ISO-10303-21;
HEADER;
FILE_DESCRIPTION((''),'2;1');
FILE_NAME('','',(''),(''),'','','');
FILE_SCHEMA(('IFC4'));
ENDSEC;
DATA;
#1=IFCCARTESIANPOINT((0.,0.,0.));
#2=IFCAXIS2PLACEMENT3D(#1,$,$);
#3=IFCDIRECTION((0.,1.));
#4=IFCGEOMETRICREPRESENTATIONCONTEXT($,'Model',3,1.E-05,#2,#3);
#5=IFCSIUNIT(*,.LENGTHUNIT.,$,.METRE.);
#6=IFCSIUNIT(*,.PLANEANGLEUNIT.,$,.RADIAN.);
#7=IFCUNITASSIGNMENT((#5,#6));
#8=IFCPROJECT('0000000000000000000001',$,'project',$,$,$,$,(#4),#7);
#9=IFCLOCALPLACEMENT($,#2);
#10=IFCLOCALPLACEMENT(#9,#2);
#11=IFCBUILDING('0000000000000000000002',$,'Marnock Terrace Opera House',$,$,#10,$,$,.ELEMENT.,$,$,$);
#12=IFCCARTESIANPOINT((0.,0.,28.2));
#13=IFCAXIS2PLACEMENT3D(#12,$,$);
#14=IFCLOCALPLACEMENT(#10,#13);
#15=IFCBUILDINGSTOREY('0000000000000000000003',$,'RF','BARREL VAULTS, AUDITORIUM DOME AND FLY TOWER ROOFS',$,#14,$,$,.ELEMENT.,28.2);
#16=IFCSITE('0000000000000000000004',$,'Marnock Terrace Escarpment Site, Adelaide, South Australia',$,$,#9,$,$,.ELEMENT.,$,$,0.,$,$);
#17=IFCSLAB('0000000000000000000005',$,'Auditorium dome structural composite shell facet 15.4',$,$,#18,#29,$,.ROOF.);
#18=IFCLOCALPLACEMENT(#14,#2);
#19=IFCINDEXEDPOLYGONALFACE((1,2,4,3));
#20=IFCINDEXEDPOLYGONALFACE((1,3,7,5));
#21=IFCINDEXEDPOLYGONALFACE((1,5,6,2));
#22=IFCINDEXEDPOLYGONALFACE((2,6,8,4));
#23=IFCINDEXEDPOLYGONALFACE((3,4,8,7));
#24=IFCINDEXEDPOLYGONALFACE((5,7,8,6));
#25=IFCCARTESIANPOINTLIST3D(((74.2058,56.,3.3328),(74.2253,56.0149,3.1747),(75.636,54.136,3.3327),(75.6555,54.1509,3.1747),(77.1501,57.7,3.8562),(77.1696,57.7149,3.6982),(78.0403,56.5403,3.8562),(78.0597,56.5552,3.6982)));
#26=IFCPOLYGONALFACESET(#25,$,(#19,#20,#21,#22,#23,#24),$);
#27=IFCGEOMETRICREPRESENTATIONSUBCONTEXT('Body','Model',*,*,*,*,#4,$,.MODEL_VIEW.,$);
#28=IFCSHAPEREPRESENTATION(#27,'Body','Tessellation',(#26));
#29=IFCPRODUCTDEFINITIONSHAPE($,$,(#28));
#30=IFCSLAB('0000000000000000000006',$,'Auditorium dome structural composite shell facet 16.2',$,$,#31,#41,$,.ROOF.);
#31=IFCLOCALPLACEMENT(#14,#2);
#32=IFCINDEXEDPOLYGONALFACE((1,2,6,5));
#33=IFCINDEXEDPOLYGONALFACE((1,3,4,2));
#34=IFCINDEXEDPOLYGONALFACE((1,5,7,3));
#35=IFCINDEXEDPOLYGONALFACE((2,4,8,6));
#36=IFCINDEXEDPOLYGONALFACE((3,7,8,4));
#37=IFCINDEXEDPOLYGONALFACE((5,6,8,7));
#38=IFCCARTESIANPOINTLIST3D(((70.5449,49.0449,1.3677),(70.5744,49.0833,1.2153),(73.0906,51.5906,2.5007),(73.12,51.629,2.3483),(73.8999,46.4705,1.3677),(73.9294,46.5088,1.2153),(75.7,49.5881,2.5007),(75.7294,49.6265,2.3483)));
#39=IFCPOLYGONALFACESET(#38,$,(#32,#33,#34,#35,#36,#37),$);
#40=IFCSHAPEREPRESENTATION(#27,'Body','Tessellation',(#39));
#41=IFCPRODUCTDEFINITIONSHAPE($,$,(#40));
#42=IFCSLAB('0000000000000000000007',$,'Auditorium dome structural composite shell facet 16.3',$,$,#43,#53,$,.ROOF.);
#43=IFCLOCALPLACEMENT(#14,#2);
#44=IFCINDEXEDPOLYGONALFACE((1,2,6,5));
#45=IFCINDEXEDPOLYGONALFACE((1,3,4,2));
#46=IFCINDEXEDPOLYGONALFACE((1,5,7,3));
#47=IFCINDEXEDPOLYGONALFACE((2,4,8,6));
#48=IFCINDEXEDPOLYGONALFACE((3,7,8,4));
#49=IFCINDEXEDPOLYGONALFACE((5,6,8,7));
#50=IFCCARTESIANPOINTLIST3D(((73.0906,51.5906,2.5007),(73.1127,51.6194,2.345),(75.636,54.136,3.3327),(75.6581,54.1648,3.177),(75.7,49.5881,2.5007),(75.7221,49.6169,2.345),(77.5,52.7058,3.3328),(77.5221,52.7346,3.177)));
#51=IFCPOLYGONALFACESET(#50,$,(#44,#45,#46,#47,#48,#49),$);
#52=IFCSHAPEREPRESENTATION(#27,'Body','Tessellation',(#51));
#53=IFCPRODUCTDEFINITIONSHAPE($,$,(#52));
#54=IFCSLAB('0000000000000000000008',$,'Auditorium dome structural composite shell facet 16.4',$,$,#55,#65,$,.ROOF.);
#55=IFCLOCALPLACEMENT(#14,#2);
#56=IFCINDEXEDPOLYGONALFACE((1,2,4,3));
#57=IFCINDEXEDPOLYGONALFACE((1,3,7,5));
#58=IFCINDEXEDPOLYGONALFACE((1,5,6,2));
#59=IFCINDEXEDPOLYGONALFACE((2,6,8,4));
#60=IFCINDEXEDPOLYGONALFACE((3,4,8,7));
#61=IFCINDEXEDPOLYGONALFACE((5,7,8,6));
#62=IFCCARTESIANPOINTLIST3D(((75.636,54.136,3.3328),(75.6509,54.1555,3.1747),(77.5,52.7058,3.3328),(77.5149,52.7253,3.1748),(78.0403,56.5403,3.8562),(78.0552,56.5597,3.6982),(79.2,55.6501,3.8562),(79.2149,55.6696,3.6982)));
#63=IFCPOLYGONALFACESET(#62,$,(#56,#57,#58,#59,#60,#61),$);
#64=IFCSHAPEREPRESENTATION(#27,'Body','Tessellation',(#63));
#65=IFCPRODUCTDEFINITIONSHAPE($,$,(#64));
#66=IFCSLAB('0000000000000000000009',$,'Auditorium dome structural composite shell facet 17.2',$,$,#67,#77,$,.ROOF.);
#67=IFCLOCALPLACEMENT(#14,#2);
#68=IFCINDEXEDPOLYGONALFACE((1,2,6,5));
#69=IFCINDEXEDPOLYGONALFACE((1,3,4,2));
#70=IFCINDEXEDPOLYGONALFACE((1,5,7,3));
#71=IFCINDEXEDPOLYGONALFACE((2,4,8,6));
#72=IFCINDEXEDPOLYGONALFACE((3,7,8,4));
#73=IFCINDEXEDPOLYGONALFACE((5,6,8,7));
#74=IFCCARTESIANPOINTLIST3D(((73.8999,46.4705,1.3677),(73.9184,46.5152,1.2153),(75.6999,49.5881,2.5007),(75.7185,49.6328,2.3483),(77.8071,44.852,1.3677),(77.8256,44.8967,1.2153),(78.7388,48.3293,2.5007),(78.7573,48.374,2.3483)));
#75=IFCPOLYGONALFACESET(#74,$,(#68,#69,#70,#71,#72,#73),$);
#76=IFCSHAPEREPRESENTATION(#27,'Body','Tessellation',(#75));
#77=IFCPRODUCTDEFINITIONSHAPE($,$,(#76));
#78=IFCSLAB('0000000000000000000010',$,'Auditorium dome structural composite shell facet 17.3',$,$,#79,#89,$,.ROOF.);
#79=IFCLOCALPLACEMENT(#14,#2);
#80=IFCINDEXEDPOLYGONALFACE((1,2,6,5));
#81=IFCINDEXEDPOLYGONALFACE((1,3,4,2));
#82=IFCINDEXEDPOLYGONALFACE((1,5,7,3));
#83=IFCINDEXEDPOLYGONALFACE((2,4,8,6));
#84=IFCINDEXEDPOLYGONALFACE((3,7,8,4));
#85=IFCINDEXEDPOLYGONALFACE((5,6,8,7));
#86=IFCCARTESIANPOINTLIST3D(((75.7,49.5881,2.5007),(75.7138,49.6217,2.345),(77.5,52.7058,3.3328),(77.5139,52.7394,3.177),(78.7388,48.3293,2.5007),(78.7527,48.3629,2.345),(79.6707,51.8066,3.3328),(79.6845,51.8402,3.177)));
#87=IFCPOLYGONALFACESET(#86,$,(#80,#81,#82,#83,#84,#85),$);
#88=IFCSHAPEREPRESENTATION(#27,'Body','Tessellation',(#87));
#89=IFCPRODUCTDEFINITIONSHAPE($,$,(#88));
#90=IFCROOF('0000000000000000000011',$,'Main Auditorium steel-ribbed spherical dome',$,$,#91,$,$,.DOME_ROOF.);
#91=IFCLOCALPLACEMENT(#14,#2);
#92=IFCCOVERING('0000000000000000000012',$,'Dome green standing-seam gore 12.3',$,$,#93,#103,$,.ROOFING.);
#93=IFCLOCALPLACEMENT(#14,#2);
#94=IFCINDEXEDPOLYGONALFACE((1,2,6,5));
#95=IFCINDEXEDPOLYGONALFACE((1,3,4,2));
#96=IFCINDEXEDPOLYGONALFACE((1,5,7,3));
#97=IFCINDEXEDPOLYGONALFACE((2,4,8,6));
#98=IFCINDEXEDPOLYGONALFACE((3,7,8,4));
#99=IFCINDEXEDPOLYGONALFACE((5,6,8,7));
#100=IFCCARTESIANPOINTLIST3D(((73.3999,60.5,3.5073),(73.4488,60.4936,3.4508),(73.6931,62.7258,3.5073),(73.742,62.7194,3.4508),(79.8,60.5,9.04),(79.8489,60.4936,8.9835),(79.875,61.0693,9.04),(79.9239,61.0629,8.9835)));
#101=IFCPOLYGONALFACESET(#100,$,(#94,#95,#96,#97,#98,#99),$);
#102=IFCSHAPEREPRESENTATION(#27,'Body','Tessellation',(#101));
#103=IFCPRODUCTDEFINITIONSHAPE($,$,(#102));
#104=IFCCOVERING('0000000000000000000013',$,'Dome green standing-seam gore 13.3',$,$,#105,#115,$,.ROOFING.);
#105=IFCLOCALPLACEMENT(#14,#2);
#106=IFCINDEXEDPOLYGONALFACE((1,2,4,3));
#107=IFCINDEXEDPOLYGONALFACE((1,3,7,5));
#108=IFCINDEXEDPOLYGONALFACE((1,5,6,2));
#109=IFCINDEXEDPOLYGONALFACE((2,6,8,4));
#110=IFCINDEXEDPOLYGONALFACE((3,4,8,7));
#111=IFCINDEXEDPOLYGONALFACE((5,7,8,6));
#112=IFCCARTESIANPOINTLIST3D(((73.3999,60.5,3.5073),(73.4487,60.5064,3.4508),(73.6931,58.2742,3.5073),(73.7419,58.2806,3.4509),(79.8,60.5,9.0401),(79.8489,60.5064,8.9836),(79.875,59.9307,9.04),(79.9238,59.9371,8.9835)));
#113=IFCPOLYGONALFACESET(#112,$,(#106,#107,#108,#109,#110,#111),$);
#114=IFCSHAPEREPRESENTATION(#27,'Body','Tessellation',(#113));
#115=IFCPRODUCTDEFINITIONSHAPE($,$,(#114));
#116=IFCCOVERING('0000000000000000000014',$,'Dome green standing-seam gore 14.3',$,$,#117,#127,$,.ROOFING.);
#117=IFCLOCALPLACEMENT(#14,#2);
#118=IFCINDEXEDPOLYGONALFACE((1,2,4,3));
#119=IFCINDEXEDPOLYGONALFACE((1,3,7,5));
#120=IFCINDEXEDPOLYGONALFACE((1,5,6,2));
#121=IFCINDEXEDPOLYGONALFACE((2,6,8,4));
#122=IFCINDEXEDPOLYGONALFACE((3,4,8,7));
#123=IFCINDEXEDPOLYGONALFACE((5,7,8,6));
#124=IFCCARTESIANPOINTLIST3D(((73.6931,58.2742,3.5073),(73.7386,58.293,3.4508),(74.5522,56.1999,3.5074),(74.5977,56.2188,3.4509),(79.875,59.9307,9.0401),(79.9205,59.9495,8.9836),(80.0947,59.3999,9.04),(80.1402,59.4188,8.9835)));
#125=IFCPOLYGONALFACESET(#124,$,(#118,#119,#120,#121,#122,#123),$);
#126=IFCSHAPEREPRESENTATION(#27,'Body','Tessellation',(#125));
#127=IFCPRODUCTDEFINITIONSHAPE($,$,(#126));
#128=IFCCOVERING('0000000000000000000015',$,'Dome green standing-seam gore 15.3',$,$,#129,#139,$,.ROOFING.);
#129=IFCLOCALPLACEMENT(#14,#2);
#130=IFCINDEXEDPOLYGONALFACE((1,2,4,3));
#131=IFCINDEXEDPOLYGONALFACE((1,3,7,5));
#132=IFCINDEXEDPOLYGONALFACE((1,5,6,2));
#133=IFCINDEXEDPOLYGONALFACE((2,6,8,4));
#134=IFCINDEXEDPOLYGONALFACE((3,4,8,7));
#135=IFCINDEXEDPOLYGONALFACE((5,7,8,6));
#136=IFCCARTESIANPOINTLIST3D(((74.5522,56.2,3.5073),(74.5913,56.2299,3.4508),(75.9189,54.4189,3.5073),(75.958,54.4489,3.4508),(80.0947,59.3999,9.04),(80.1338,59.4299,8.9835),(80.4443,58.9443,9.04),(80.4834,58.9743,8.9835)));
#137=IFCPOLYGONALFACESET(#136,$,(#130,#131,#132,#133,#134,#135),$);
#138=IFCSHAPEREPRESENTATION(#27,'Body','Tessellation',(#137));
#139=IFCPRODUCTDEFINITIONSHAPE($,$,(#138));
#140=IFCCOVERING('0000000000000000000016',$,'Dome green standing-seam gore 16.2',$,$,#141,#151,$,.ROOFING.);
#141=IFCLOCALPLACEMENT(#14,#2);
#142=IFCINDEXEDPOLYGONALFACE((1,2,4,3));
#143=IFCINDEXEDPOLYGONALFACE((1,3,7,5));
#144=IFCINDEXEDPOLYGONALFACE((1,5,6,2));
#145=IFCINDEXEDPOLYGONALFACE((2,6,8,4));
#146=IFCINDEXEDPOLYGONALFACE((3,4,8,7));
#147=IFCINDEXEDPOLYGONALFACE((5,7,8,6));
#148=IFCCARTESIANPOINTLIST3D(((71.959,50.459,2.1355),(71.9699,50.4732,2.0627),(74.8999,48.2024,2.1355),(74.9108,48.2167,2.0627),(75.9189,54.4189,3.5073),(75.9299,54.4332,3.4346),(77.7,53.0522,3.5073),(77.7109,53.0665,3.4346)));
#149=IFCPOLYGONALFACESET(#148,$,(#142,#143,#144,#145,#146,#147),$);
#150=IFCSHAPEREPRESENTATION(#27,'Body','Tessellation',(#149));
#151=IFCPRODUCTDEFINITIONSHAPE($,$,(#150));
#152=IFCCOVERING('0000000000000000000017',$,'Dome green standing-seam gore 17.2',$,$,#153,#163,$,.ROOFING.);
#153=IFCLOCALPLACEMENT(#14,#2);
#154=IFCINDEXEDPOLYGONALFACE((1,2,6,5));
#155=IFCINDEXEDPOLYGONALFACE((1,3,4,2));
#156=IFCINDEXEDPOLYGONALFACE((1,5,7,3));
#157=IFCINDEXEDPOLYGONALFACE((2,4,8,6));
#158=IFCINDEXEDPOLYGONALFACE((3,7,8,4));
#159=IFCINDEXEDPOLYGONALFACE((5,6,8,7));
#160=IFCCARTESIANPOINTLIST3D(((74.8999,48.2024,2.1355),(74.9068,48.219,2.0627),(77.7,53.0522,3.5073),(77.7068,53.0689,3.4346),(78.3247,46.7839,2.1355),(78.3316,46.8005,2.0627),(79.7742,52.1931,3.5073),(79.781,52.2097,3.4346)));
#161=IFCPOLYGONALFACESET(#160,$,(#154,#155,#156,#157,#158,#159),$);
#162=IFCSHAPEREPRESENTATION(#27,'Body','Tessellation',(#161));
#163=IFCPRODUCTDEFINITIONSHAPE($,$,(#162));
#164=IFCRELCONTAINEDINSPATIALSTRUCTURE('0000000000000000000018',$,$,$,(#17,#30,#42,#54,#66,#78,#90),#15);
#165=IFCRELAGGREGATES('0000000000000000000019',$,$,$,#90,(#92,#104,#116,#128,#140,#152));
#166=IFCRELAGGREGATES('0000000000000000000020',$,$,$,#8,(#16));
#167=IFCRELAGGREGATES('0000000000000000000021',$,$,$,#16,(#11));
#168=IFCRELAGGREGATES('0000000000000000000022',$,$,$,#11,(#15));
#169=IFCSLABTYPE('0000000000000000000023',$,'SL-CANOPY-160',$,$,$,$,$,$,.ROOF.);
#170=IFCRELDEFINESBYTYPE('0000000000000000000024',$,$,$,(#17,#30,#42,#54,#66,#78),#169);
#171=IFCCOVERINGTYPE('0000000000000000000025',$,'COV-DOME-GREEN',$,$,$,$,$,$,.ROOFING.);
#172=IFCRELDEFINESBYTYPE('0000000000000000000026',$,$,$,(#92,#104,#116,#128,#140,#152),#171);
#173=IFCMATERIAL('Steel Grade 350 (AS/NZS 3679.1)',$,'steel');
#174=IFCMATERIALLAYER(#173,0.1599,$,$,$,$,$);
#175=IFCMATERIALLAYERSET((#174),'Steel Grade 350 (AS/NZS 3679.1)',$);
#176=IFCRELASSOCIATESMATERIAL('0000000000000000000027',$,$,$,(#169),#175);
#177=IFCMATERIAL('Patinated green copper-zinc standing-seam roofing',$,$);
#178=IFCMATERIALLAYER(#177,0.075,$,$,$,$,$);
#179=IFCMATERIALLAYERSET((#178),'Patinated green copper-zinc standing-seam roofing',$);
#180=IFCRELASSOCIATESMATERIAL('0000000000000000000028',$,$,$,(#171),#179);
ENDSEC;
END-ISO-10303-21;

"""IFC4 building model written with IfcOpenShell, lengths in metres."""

from ifc_helpers import new_model, si_unit, direction, frame, origin, place, context, subcontext, project, spatial, polyline, outline, extrude, material, layer, layer_set, type_object, element, aggregate, save


model = new_model("IFC4")

# Units and contexts
model_context = context("Model", 3, precision=1e-05, world=origin(), true_north=direction((0.0, 1.0)))
body_context = subcontext(model_context, "Body", "Model", "MODEL_VIEW")
ifc_project = project(units=[si_unit("LENGTHUNIT", "METRE"), si_unit("PLANEANGLEUNIT", "RADIAN")], contexts=[model_context])

# Site, building, storey
site_placement = place(None, origin())
site = spatial("IfcSite", under=ifc_project, at=site_placement, Name="Marnock Terrace Escarpment Site, Adelaide, South Australia", CompositionType="ELEMENT", RefElevation=0.0)
building_placement = place(site_placement, origin())
building = spatial("IfcBuilding", under=site, at=building_placement, Name="Marnock Terrace Opera House", CompositionType="ELEMENT")
storey_placement = place(building_placement, frame((0.0, 0.0, 28.2)))
storey = spatial("IfcBuildingStorey", under=building, at=storey_placement, Name="RF", Description="BARREL VAULTS, AUDITORIUM DOME AND FLY TOWER ROOFS", CompositionType="ELEMENT", Elevation=28.2)

# Slabs
ifc_material_1 = material(Name="Steel Grade 350 (AS/NZS 3679.1)", Category="steel")
ifc_layer_1 = layer(ifc_material_1, 0.1599)
ifc_layer_set_1 = layer_set([ifc_layer_1], Name="Steel Grade 350 (AS/NZS 3679.1)")
slab_type = type_object("IfcSlabType", Name="SL-CANOPY-160", PredefinedType="ROOF", material=ifc_layer_set_1)
slab_1_placement = place(storey_placement, frame((74.2058, 56.0, 3.3328), z_axis=(-0.12173, -0.093413, 0.988158), x_axis=(0.608727, -0.793379, -0.000012)))
element("IfcSlab", 1, at=slab_1_placement, inside=storey, type_object=slab_type, Name="Auditorium dome structural composite shell facet 15.4", PredefinedType="ROOF", context=body_context, shape_type="SweptSolid", body=[
    extrude(outline(polyline([(0.0, 0.0), (2.3495, 0.0), (1.9055, 3.4115), (0.4436, 3.4112), (0.0, 0.0)])), origin(), (0.0, 0.0, -1.0), 0.1599),
])
slab_2_placement = place(storey_placement, frame((70.5449, 49.0449, 1.3677), z_axis=(-0.1842, -0.240038, 0.953127), x_axis=(0.793342, -0.608777, 0.000004)))
element("IfcSlab", 2, at=slab_2_placement, inside=storey, type_object=slab_type, Name="Auditorium dome structural composite shell facet 16.2", PredefinedType="ROOF", context=body_context, shape_type="SweptSolid", body=[
    extrude(outline(polyline([(0.0, 0.0), (4.2289, 0.0), (3.759, 3.7447), (0.4698, 3.7448), (0.0, 0.0)])), origin(), (0.0, 0.0, -1.0), 0.1599),
])
slab_3_placement = place(storey_placement, frame((73.0906, 51.5906, 2.5007), z_axis=(-0.138211, -0.180117, 0.973887), x_axis=(0.793326, -0.608798, -0.000009)))
element("IfcSlab", 3, at=slab_3_placement, inside=storey, type_object=slab_type, Name="Auditorium dome structural composite shell facet 16.3", PredefinedType="ROOF", context=body_context, shape_type="SweptSolid", body=[
    extrude(outline(polyline([(0.0, 0.0), (3.2892, 0.0), (2.8191, 3.6649), (0.4697, 3.6647), (0.0, 0.0)])), origin(), (0.0, 0.0, -1.0), 0.1599),
])
slab_4_placement = place(storey_placement, frame((75.636, 54.136, 3.3328), z_axis=(-0.093413, -0.12173, 0.988158), x_axis=(0.793379, -0.608727, 0.000012)))
element("IfcSlab", 4, at=slab_4_placement, inside=storey, type_object=slab_type, Name="Auditorium dome structural composite shell facet 16.4", PredefinedType="ROOF", context=body_context, shape_type="SweptSolid", body=[
    extrude(outline(polyline([(0.0, 0.0), (2.3495, 0.0), (1.9059, 3.4112), (0.444, 3.4115), (0.0, 0.0)])), origin(), (0.0, 0.0, -1.0), 0.1599),
])
slab_5_placement = place(storey_placement, frame((73.8999, 46.4705, 1.3677), z_axis=(-0.115793, -0.279543, 0.953125), x_axis=(0.923881, -0.382681, 0.000003)))
element("IfcSlab", 5, at=slab_5_placement, inside=storey, type_object=slab_type, Name="Auditorium dome structural composite shell facet 17.2", PredefinedType="ROOF", context=body_context, shape_type="SweptSolid", body=[
    extrude(outline(polyline([(0.0, 0.0), (4.2291, 0.0), (3.7592, 3.7447), (0.47, 3.7447), (0.0, 0.0)])), origin(), (0.0, 0.0, -1.0), 0.1599),
])
slab_6_placement = place(storey_placement, frame((75.7, 49.5881, 2.5007), z_axis=(-0.086884, -0.209743, 0.973889), x_axis=(0.923872, -0.382701, 0.0)))
element("IfcSlab", 6, at=slab_6_placement, inside=storey, type_object=slab_type, Name="Auditorium dome structural composite shell facet 17.3", PredefinedType="ROOF", context=body_context, shape_type="SweptSolid", body=[
    extrude(outline(polyline([(0.0, 0.0), (3.2892, 0.0), (2.8194, 3.6649), (0.4699, 3.6649), (0.0, 0.0)])), origin(), (0.0, 0.0, -1.0), 0.1599),
])

# Roof, coverings
roof_placement = place(storey_placement, origin())
roof = element("IfcRoof", 7, at=roof_placement, inside=storey, Name="Main Auditorium steel-ribbed spherical dome", PredefinedType="DOME_ROOF")
ifc_material_2 = material(Name="Patinated green copper-zinc standing-seam roofing")
ifc_layer_2 = layer(ifc_material_2, 0.075)
ifc_layer_set_2 = layer_set([ifc_layer_2], Name="Patinated green copper-zinc standing-seam roofing")
covering_type = type_object("IfcCoveringType", Name="COV-DOME-GREEN", PredefinedType="ROOFING", material=ifc_layer_set_2)
covering_1_placement = place(storey_placement, frame((73.6931, 62.7258, 3.5073), z_axis=(-0.651569, 0.085821, 0.753719), x_axis=(-0.130596, -0.991436, -0.000008)))
covering_1 = element("IfcCovering", 8, at=covering_1_placement, type_object=covering_type, Name="Dome green standing-seam gore 12.3", PredefinedType="ROOFING", context=body_context, shape_type="SweptSolid", body=[
    extrude(outline(polyline([(0.0, 0.0), (2.2451, 0.0), (1.4092, 8.4187), (0.8349, 8.4186), (0.0, 0.0)])), origin(), (0.0, 0.0, -1.0), 0.075),
])
covering_2_placement = place(storey_placement, frame((73.3999, 60.5, 3.5073), z_axis=(-0.651569, -0.085821, 0.753719), x_axis=(0.130596, -0.991436, 0.000008)))
covering_2 = element("IfcCovering", 9, at=covering_2_placement, type_object=covering_type, Name="Dome green standing-seam gore 13.3", PredefinedType="ROOFING", context=body_context, shape_type="SweptSolid", body=[
    extrude(outline(polyline([(0.0, 0.0), (2.2451, 0.0), (1.4101, 8.4186), (0.8359, 8.4187), (0.0, 0.0)])), origin(), (0.0, 0.0, -1.0), 0.075),
])
covering_3_placement = place(storey_placement, frame((73.6931, 58.2742, 3.5073), z_axis=(-0.60719, -0.251469, 0.753713), x_axis=(0.382654, -0.923892, 0.000018)))
covering_3 = element("IfcCovering", 10, at=covering_3_placement, type_object=covering_type, Name="Dome green standing-seam gore 14.3", PredefinedType="ROOFING", context=body_context, shape_type="SweptSolid", body=[
    extrude(outline(polyline([(0.0, 0.0), (2.2451, 0.0), (1.4096, 8.4185), (0.8352, 8.4186), (0.0, 0.0)])), origin(), (0.0, 0.0, -1.0), 0.075),
])
covering_4_placement = place(storey_placement, frame((74.5522, 56.2, 3.5073), z_axis=(-0.521383, -0.400101, 0.75371), x_axis=(0.608787, -0.793334, -0.000003)))
covering_4 = element("IfcCovering", 11, at=covering_4_placement, type_object=covering_type, Name="Dome green standing-seam gore 15.3", PredefinedType="ROOFING", context=body_context, shape_type="SweptSolid", body=[
    extrude(outline(polyline([(0.0, 0.0), (2.245, 0.0), (1.4098, 8.4185), (0.8355, 8.4185), (0.0, 0.0)])), origin(), (0.0, 0.0, -1.0), 0.075),
])
covering_5_placement = place(storey_placement, frame((71.959, 50.459, 2.1355), z_axis=(-0.14602, -0.190295, 0.970807), x_axis=(0.79336, -0.608753, 0.000004)))
covering_5 = element("IfcCovering", 12, at=covering_5_placement, type_object=covering_type, Name="Dome green standing-seam gore 16.2", PredefinedType="ROOFING", context=body_context, shape_type="SweptSolid", body=[
    extrude(outline(polyline([(0.0, 0.0), (3.7069, 0.0), (2.976, 5.7192), (0.731, 5.7193), (0.0, 0.0)])), origin(), (0.0, 0.0, -1.0), 0.075),
])
covering_6_placement = place(storey_placement, frame((74.8999, 48.2024, 2.1355), z_axis=(-0.091787, -0.22161, 0.970806), x_axis=(0.923893, -0.382651, 0.000002)))
covering_6 = element("IfcCovering", 13, at=covering_6_placement, type_object=covering_type, Name="Dome green standing-seam gore 17.2", PredefinedType="ROOFING", context=body_context, shape_type="SweptSolid", body=[
    extrude(outline(polyline([(0.0, 0.0), (3.7069, 0.0), (2.9763, 5.7191), (0.7311, 5.7192), (0.0, 0.0)])), origin(), (0.0, 0.0, -1.0), 0.075),
])
aggregate(roof, [covering_1, covering_2, covering_3, covering_4, covering_5, covering_6])

save(model, "model.ifc")
